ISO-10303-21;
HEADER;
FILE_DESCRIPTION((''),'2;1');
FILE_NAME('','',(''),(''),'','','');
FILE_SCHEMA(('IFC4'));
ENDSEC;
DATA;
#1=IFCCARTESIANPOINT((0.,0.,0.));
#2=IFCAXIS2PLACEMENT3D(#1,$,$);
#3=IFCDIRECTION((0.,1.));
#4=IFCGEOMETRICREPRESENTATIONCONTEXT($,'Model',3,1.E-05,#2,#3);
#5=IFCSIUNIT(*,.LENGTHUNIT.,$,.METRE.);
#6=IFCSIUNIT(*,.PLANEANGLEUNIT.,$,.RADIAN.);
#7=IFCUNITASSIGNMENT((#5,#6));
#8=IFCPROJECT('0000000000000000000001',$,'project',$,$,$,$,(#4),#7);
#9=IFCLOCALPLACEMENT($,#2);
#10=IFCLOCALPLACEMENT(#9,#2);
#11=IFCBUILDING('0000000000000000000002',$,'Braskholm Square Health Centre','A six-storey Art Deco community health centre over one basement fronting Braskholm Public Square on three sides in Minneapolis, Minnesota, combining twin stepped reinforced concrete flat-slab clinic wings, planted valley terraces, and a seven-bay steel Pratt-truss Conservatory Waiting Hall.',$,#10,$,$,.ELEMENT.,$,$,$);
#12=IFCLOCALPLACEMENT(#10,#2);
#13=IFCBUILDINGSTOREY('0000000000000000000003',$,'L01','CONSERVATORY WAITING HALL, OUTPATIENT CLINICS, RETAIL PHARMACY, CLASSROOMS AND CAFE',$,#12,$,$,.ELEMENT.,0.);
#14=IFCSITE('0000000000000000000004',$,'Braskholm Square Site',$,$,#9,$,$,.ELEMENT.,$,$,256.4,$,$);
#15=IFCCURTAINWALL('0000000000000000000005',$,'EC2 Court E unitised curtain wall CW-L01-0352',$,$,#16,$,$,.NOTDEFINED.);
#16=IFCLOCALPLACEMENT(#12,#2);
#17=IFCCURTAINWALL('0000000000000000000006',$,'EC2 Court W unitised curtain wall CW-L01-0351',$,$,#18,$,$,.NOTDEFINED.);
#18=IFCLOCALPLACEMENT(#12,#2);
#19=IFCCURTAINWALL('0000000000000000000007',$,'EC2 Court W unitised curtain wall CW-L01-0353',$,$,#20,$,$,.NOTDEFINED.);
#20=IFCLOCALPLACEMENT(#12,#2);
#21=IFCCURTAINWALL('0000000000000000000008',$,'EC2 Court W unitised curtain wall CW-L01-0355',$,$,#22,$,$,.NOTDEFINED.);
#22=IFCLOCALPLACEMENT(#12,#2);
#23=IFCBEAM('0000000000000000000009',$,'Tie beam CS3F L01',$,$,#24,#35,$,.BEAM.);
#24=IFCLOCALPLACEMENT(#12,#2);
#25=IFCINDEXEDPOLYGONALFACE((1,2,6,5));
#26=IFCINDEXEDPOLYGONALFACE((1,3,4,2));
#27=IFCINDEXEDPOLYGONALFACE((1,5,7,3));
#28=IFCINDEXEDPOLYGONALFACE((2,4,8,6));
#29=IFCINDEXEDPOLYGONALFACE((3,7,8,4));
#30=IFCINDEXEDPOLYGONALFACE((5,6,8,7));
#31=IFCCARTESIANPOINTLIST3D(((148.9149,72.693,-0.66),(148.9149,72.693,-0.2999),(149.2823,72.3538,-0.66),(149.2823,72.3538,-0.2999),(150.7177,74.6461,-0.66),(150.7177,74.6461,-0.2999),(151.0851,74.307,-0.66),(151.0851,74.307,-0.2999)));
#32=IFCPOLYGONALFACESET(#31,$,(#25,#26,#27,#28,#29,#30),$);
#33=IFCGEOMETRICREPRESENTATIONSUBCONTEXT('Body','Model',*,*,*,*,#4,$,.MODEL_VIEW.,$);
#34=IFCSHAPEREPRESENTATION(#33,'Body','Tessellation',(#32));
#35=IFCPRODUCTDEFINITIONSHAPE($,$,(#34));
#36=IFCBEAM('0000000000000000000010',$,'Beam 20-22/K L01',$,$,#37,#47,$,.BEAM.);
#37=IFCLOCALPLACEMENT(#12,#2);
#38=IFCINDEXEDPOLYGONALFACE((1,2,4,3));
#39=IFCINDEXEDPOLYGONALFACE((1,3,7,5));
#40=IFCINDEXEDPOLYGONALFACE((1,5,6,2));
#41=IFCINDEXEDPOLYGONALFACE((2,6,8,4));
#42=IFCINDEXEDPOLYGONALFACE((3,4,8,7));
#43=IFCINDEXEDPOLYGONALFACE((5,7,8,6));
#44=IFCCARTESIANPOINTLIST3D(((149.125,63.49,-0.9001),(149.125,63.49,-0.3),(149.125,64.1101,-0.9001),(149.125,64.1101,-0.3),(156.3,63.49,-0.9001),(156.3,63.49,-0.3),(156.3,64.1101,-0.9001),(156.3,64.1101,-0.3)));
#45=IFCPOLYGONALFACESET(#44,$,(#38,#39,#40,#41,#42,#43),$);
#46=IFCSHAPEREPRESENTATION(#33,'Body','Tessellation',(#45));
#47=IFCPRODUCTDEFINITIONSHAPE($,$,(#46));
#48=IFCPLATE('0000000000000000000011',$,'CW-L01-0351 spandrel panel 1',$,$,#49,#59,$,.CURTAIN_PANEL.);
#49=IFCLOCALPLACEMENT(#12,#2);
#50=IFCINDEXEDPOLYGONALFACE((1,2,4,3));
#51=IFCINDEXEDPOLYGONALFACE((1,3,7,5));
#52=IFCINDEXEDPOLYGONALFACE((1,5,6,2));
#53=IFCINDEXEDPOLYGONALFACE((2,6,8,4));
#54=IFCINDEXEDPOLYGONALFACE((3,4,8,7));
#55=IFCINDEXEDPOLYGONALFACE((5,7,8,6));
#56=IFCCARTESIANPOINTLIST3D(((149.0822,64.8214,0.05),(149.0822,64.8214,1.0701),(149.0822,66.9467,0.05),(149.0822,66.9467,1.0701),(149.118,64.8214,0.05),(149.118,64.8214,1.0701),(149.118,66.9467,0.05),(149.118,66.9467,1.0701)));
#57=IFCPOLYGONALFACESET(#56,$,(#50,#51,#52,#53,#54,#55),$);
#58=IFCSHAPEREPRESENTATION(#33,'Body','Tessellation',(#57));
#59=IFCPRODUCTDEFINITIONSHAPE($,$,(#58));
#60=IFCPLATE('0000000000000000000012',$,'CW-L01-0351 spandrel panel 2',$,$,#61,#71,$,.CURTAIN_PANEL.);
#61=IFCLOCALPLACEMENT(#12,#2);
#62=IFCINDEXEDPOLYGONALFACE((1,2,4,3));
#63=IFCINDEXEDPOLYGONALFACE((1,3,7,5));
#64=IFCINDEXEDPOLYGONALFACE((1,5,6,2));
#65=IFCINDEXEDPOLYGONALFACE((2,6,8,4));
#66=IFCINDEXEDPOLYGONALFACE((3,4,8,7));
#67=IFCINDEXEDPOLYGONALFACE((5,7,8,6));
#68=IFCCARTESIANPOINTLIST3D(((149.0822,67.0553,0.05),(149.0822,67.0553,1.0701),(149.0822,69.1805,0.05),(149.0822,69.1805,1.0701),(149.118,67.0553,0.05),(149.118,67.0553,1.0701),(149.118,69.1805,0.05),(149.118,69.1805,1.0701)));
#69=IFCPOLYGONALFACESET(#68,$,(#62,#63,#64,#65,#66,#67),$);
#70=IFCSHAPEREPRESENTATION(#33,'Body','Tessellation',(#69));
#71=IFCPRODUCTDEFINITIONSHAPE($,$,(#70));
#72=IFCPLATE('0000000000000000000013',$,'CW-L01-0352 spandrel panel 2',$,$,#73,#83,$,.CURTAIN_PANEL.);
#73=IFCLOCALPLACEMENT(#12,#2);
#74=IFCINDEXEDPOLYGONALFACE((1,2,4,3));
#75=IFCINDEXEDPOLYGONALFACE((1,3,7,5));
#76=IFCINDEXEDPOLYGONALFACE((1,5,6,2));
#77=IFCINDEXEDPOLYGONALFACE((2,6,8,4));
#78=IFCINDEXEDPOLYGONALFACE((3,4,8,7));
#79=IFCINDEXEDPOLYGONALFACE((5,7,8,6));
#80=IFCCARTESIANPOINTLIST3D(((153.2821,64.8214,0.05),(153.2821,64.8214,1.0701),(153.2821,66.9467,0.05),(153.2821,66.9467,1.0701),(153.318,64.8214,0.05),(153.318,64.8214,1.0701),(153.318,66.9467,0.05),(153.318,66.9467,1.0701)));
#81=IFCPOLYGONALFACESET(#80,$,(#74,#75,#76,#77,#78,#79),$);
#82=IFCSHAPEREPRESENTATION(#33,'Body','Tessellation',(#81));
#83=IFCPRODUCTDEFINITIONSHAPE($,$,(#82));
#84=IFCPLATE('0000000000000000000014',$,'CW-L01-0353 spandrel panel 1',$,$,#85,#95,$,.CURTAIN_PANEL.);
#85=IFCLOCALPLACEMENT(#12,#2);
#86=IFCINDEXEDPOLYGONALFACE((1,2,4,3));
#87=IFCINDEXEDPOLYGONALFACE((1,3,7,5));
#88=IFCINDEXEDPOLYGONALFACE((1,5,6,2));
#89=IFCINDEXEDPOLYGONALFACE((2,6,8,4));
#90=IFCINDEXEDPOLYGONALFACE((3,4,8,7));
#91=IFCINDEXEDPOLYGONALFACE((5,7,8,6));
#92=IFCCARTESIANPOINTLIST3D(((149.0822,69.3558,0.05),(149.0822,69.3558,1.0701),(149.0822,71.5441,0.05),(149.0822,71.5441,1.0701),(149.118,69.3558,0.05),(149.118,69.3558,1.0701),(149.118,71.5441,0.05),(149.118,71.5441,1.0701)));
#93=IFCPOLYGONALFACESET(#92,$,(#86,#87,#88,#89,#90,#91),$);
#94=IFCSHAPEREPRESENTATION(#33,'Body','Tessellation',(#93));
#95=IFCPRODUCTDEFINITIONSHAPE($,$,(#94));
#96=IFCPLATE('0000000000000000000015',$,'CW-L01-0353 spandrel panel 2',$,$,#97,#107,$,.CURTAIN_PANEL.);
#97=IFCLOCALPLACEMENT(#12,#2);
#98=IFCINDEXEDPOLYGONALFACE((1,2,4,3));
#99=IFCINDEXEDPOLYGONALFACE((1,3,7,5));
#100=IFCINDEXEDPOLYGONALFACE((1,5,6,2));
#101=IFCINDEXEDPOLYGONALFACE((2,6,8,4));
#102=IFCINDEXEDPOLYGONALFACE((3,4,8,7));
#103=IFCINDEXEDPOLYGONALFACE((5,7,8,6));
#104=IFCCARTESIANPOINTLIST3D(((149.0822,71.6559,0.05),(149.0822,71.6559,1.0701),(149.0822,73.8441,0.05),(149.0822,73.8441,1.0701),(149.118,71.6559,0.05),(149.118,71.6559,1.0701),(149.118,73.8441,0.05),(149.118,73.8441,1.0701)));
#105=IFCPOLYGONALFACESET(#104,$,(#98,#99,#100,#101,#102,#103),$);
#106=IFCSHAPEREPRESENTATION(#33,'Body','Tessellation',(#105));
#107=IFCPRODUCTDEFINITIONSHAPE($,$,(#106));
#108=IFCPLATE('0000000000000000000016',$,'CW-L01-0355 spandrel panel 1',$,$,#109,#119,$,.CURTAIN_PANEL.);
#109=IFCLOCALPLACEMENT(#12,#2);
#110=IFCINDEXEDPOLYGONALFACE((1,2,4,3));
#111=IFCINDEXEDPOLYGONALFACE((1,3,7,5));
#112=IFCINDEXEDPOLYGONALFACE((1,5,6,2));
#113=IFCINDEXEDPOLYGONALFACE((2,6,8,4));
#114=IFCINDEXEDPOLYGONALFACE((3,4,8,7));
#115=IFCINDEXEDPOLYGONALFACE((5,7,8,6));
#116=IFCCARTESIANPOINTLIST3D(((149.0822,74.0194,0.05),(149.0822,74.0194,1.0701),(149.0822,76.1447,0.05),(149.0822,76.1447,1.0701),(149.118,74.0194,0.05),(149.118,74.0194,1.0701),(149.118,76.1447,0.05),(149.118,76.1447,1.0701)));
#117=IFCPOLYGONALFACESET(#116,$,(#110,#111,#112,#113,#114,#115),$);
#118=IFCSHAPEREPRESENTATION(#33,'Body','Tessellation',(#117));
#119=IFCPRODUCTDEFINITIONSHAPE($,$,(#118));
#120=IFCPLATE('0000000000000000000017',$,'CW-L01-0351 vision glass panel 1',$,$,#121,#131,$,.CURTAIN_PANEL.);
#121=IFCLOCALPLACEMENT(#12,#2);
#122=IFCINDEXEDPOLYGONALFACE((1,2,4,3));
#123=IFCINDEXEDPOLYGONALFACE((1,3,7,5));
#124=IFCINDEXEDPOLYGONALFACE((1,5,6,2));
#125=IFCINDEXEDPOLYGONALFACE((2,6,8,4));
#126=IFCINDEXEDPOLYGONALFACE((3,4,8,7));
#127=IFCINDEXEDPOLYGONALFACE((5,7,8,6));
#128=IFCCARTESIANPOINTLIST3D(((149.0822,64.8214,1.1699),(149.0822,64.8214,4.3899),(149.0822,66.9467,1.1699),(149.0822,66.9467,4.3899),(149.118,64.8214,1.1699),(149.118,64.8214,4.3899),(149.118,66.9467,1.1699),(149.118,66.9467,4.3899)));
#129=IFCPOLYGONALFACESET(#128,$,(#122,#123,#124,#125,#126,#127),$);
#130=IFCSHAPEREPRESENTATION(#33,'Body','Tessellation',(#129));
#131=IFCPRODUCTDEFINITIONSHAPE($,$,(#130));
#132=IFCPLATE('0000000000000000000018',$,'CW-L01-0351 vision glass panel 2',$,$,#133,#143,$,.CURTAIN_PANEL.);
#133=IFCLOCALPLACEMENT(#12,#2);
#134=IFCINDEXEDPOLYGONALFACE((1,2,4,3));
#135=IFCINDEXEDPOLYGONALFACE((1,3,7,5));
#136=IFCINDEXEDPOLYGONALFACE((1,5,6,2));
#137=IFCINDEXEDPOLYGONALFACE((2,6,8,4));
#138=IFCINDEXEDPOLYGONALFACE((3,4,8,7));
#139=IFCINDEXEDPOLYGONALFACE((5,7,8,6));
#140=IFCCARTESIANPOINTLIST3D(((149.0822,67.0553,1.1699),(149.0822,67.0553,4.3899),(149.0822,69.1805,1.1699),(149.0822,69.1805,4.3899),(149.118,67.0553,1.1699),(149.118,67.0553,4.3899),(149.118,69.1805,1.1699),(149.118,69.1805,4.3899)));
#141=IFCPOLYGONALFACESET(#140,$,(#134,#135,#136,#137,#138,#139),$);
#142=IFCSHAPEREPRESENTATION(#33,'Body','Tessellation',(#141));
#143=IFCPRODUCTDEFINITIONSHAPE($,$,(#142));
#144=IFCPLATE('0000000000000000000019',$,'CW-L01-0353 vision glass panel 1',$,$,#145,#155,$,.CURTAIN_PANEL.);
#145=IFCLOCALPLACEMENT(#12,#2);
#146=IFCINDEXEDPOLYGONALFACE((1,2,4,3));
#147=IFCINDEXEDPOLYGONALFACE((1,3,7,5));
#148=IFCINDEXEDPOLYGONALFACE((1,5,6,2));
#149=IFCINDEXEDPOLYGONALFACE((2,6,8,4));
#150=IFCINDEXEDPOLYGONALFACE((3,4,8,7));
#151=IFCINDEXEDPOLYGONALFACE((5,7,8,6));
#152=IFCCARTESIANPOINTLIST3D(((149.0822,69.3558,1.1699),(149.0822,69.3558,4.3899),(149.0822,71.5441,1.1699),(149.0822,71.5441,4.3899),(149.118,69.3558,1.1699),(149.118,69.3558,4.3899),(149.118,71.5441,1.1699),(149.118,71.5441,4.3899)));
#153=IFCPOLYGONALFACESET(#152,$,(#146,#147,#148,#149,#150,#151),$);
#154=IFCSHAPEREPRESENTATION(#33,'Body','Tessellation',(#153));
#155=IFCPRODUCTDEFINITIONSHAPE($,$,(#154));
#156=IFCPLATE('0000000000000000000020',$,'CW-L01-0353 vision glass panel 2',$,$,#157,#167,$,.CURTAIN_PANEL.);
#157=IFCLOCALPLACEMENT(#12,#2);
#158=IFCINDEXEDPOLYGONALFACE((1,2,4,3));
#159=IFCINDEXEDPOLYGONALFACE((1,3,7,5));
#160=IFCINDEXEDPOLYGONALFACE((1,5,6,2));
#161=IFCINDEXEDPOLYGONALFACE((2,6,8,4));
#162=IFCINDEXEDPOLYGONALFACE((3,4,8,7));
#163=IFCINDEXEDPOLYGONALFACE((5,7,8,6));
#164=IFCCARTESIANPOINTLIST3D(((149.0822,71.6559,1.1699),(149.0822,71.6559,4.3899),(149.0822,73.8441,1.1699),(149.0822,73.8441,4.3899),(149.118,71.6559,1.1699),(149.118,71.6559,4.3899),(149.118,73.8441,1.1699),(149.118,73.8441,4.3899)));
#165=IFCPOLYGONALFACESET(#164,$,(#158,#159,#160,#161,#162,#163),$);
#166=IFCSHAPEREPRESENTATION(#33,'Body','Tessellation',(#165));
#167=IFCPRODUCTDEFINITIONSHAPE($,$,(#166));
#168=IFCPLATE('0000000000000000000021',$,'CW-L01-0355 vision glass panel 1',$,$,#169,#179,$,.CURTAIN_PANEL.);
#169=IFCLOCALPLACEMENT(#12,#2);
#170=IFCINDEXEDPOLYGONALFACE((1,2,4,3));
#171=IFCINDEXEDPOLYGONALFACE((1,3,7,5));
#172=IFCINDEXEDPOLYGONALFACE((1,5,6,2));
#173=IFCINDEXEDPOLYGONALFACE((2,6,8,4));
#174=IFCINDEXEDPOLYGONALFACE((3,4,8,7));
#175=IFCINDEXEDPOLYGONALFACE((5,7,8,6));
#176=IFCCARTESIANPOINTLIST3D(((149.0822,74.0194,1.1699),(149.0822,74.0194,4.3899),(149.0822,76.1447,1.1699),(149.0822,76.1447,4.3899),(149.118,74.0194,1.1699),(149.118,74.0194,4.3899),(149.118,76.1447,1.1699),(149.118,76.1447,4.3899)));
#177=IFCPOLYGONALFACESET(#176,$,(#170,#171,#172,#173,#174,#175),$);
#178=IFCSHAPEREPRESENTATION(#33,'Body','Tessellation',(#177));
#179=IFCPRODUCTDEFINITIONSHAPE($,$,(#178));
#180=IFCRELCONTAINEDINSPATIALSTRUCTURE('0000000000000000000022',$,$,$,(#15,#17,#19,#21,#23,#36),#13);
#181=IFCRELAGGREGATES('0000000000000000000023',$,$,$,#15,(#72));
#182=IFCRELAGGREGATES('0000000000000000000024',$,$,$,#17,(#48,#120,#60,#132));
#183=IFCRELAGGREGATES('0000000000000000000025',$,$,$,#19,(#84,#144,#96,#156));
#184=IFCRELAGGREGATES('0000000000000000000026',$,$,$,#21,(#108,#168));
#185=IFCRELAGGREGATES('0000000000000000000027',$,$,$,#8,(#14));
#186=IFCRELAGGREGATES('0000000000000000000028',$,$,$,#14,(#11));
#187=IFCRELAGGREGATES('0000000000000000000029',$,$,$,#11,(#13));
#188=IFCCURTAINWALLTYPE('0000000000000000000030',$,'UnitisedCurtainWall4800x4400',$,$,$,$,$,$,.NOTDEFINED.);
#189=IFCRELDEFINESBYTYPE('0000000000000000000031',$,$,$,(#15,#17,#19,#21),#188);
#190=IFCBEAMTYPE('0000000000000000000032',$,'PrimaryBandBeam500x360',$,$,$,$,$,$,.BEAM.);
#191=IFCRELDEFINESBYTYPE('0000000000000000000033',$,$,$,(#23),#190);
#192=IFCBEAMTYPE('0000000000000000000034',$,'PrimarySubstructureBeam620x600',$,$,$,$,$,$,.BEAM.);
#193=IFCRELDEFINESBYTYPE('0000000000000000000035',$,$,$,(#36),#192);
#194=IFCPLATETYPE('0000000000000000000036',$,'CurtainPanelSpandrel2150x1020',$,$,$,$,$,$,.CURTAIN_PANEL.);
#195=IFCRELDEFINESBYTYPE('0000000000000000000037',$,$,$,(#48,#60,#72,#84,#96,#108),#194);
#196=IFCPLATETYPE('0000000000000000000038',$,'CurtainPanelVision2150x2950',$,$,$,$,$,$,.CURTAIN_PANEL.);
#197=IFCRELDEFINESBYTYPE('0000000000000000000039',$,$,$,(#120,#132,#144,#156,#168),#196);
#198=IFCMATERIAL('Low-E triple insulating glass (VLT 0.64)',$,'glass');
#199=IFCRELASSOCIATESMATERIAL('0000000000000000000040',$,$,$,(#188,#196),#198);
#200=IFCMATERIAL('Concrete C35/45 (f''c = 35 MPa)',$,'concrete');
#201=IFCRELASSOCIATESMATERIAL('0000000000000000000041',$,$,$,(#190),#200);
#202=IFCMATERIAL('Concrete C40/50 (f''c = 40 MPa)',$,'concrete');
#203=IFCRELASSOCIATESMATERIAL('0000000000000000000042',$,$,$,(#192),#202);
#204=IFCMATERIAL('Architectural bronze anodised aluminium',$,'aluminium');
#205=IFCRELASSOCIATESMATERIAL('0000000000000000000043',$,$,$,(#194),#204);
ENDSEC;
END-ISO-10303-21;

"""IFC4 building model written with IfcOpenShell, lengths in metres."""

from ifc_helpers import new_model, si_unit, direction, frame, origin, origin_2d, place, context, subcontext, project, spatial, rectangle, extrude, material, material_profile, profile_set, type_object, element, aggregate, save


model = new_model("IFC4")

# Units and contexts
model_context = context("Model", 3, precision=1e-05, world=origin(), true_north=direction((0.0, 1.0)))
body_context = subcontext(model_context, "Body", "Model", "MODEL_VIEW")
ifc_project = project(units=[si_unit("LENGTHUNIT", "METRE"), si_unit("PLANEANGLEUNIT", "RADIAN")], contexts=[model_context])

# Site, building, storey
site_placement = place(None, origin())
site = spatial("IfcSite", under=ifc_project, at=site_placement, Name="Braskholm Square Site", CompositionType="ELEMENT", RefElevation=256.4)
building_placement = place(site_placement, origin())
building = spatial("IfcBuilding", under=site, at=building_placement, Name="Braskholm Square Health Centre", Description="A six-storey Art Deco community health centre over one basement fronting Braskholm Public Square on three sides in Minneapolis, Minnesota, combining twin stepped reinforced concrete flat-slab clinic wings, planted valley terraces, and a seven-bay steel Pratt-truss Conservatory Waiting Hall.", CompositionType="ELEMENT")
storey_placement = place(building_placement, origin())
storey = spatial("IfcBuildingStorey", under=building, at=storey_placement, Name="L01", Description="CONSERVATORY WAITING HALL, OUTPATIENT CLINICS, RETAIL PHARMACY, CLASSROOMS AND CAFE", CompositionType="ELEMENT", Elevation=0.0)

# Curtain wall
ifc_material_1 = material(Name="Low-E triple insulating glass (VLT 0.64)", Category="glass")
curtain_wall_type = type_object("IfcCurtainWallType", Name="UnitisedCurtainWall4800x4400", PredefinedType="NOTDEFINED", material=ifc_material_1)
curtain_wall_1_placement = place(storey_placement, origin())
curtain_wall_1 = element("IfcCurtainWall", 1, at=curtain_wall_1_placement, inside=storey, type_object=curtain_wall_type, Name="EC2 Court E unitised curtain wall CW-L01-0352", PredefinedType="NOTDEFINED")
ifc_material_2 = material(Name="Architectural bronze anodised aluminium", Category="aluminium")

# Curtain walls
curtain_wall_2_placement = place(storey_placement, origin())
curtain_wall_2 = element("IfcCurtainWall", 2, at=curtain_wall_2_placement, inside=storey, type_object=curtain_wall_type, Name="EC2 Court W unitised curtain wall CW-L01-0351", PredefinedType="NOTDEFINED")
curtain_wall_3_placement = place(storey_placement, origin())
curtain_wall_3 = element("IfcCurtainWall", 3, at=curtain_wall_3_placement, inside=storey, type_object=curtain_wall_type, Name="EC2 Court W unitised curtain wall CW-L01-0353", PredefinedType="NOTDEFINED")
curtain_wall_4_placement = place(storey_placement, origin())
curtain_wall_4 = element("IfcCurtainWall", 4, at=curtain_wall_4_placement, inside=storey, type_object=curtain_wall_type, Name="EC2 Court W unitised curtain wall CW-L01-0355", PredefinedType="NOTDEFINED")

# Beams
ifc_material_3 = material(Name="Concrete C35/45 (f'c = 35 MPa)", Category="concrete")
ifc_material_profile_1 = material_profile(ifc_material_3, rectangle(XDim=0.5, YDim=0.3601, at=origin_2d()), Name="RCB-500X360")
ifc_profile_set_1 = profile_set([ifc_material_profile_1], Name="Concrete C35/45 (f'c = 35 MPa)")
beam_type_1 = type_object("IfcBeamType", Name="PrimaryBandBeam500x360", PredefinedType="BEAM", material=ifc_profile_set_1)
beam_1_placement = place(storey_placement, frame((150.9014, 74.4766, -0.48), z_axis=(-0.67825, -0.734832, 0.0), x_axis=(0.734832, -0.67825, 0.0)))
element("IfcBeam", 5, at=beam_1_placement, inside=storey, type_object=beam_type_1, Name="Tie beam CS3F L01", PredefinedType="BEAM", context=body_context, shape_type="SweptSolid", body=[
    extrude(rectangle(XDim=0.5, YDim=0.3601, at=origin_2d()), origin(), (0.0, 0.0, 1.0), 2.658),
])
ifc_material_4 = material(Name="Concrete C40/50 (f'c = 40 MPa)", Category="concrete")
ifc_material_profile_2 = material_profile(ifc_material_4, rectangle(XDim=0.6201, YDim=0.6001, at=origin_2d()), Name="RCB-620X600")
ifc_profile_set_2 = profile_set([ifc_material_profile_2], Name="Concrete C40/50 (f'c = 40 MPa)")
beam_type_2 = type_object("IfcBeamType", Name="PrimarySubstructureBeam620x600", PredefinedType="BEAM", material=ifc_profile_set_2)
beam_2_placement = place(storey_placement, frame((149.125, 63.8, -0.6001), z_axis=(1.0, 0.0, 0.0), x_axis=(0.0, 1.0, 0.0)))
element("IfcBeam", 6, at=beam_2_placement, inside=storey, type_object=beam_type_2, Name="Beam 20-22/K L01", PredefinedType="BEAM", context=body_context, shape_type="SweptSolid", body=[
    extrude(rectangle(XDim=0.6201, YDim=0.6001, at=origin_2d()), origin(), (0.0, 0.0, 1.0), 7.175),
])

# Plates
plate_type_1 = type_object("IfcPlateType", Name="CurtainPanelSpandrel2150x1020", PredefinedType="CURTAIN_PANEL", material=ifc_material_2)
plate_1_placement = place(storey_placement, frame((149.1001, 65.884, 0.05), z_axis=(0.0, 0.0, 1.0), x_axis=(0.0, 1.0, 0.0)))
plate_1 = element("IfcPlate", 7, at=plate_1_placement, type_object=plate_type_1, Name="CW-L01-0351 spandrel panel 1", PredefinedType="CURTAIN_PANEL", context=body_context, shape_type="SweptSolid", body=[
    extrude(rectangle(XDim=2.1252, YDim=0.0359, at=origin_2d()), origin(), (0.0, 0.0, 1.0), 1.02),
])
plate_2_placement = place(storey_placement, frame((149.1001, 68.1179, 0.05), z_axis=(0.0, 0.0, 1.0), x_axis=(0.0, 1.0, 0.0)))
plate_2 = element("IfcPlate", 8, at=plate_2_placement, type_object=plate_type_1, Name="CW-L01-0351 spandrel panel 2", PredefinedType="CURTAIN_PANEL", context=body_context, shape_type="SweptSolid", body=[
    extrude(rectangle(XDim=2.1252, YDim=0.0359, at=origin_2d()), origin(), (0.0, 0.0, 1.0), 1.02),
])
plate_3_placement = place(storey_placement, frame((153.3, 65.884, 0.05), z_axis=(0.0, 0.0, 1.0), x_axis=(0.0, -1.0, 0.0)))
plate_3 = element("IfcPlate", 9, at=plate_3_placement, type_object=plate_type_1, Name="CW-L01-0352 spandrel panel 2", PredefinedType="CURTAIN_PANEL", context=body_context, shape_type="SweptSolid", body=[
    extrude(rectangle(XDim=2.1252, YDim=0.0359, at=origin_2d()), origin(), (0.0, 0.0, 1.0), 1.02),
])
aggregate(curtain_wall_1, [plate_3])
plate_4_placement = place(storey_placement, frame((149.1001, 70.45, 0.05), z_axis=(0.0, 0.0, 1.0), x_axis=(0.0, 1.0, 0.0)))
plate_4 = element("IfcPlate", 10, at=plate_4_placement, type_object=plate_type_1, Name="CW-L01-0353 spandrel panel 1", PredefinedType="CURTAIN_PANEL", context=body_context, shape_type="SweptSolid", body=[
    extrude(rectangle(XDim=2.1882, YDim=0.0359, at=origin_2d()), origin(), (0.0, 0.0, 1.0), 1.02),
])
plate_5_placement = place(storey_placement, frame((149.1001, 72.75, 0.05), z_axis=(0.0, 0.0, 1.0), x_axis=(0.0, 1.0, 0.0)))
plate_5 = element("IfcPlate", 11, at=plate_5_placement, type_object=plate_type_1, Name="CW-L01-0353 spandrel panel 2", PredefinedType="CURTAIN_PANEL", context=body_context, shape_type="SweptSolid", body=[
    extrude(rectangle(XDim=2.1882, YDim=0.0359, at=origin_2d()), origin(), (0.0, 0.0, 1.0), 1.02),
])
plate_6_placement = place(storey_placement, frame((149.1001, 75.082, 0.05), z_axis=(0.0, 0.0, 1.0), x_axis=(0.0, 1.0, 0.0)))
plate_6 = element("IfcPlate", 12, at=plate_6_placement, type_object=plate_type_1, Name="CW-L01-0355 spandrel panel 1", PredefinedType="CURTAIN_PANEL", context=body_context, shape_type="SweptSolid", body=[
    extrude(rectangle(XDim=2.1252, YDim=0.0359, at=origin_2d()), origin(), (0.0, 0.0, 1.0), 1.02),
])
plate_type_2 = type_object("IfcPlateType", Name="CurtainPanelVision2150x2950", PredefinedType="CURTAIN_PANEL", material=ifc_material_1)
plate_7_placement = place(storey_placement, frame((149.1001, 65.884, 1.1699), z_axis=(0.0, 0.0, 1.0), x_axis=(0.0, 1.0, 0.0)))
plate_7 = element("IfcPlate", 13, at=plate_7_placement, type_object=plate_type_2, Name="CW-L01-0351 vision glass panel 1", PredefinedType="CURTAIN_PANEL", context=body_context, shape_type="SweptSolid", body=[
    extrude(rectangle(XDim=2.1252, YDim=0.0359, at=origin_2d()), origin(), (0.0, 0.0, 1.0), 3.22),
])
plate_8_placement = place(storey_placement, frame((149.1001, 68.1179, 1.1699), z_axis=(0.0, 0.0, 1.0), x_axis=(0.0, 1.0, 0.0)))
plate_8 = element("IfcPlate", 14, at=plate_8_placement, type_object=plate_type_2, Name="CW-L01-0351 vision glass panel 2", PredefinedType="CURTAIN_PANEL", context=body_context, shape_type="SweptSolid", body=[
    extrude(rectangle(XDim=2.1252, YDim=0.0359, at=origin_2d()), origin(), (0.0, 0.0, 1.0), 3.22),
])
aggregate(curtain_wall_2, [plate_1, plate_7, plate_2, plate_8])
plate_9_placement = place(storey_placement, frame((149.1001, 70.45, 1.1699), z_axis=(0.0, 0.0, 1.0), x_axis=(0.0, 1.0, 0.0)))
plate_9 = element("IfcPlate", 15, at=plate_9_placement, type_object=plate_type_2, Name="CW-L01-0353 vision glass panel 1", PredefinedType="CURTAIN_PANEL", context=body_context, shape_type="SweptSolid", body=[
    extrude(rectangle(XDim=2.1882, YDim=0.0359, at=origin_2d()), origin(), (0.0, 0.0, 1.0), 3.22),
])
plate_10_placement = place(storey_placement, frame((149.1001, 72.75, 1.1699), z_axis=(0.0, 0.0, 1.0), x_axis=(0.0, 1.0, 0.0)))
plate_10 = element("IfcPlate", 16, at=plate_10_placement, type_object=plate_type_2, Name="CW-L01-0353 vision glass panel 2", PredefinedType="CURTAIN_PANEL", context=body_context, shape_type="SweptSolid", body=[
    extrude(rectangle(XDim=2.1882, YDim=0.0359, at=origin_2d()), origin(), (0.0, 0.0, 1.0), 3.22),
])
aggregate(curtain_wall_3, [plate_4, plate_9, plate_5, plate_10])
plate_11_placement = place(storey_placement, frame((149.1001, 75.082, 1.1699), z_axis=(0.0, 0.0, 1.0), x_axis=(0.0, 1.0, 0.0)))
plate_11 = element("IfcPlate", 17, at=plate_11_placement, type_object=plate_type_2, Name="CW-L01-0355 vision glass panel 1", PredefinedType="CURTAIN_PANEL", context=body_context, shape_type="SweptSolid", body=[
    extrude(rectangle(XDim=2.1252, YDim=0.0359, at=origin_2d()), origin(), (0.0, 0.0, 1.0), 3.22),
])
aggregate(curtain_wall_4, [plate_6, plate_11])

save(model, "model.ifc")
